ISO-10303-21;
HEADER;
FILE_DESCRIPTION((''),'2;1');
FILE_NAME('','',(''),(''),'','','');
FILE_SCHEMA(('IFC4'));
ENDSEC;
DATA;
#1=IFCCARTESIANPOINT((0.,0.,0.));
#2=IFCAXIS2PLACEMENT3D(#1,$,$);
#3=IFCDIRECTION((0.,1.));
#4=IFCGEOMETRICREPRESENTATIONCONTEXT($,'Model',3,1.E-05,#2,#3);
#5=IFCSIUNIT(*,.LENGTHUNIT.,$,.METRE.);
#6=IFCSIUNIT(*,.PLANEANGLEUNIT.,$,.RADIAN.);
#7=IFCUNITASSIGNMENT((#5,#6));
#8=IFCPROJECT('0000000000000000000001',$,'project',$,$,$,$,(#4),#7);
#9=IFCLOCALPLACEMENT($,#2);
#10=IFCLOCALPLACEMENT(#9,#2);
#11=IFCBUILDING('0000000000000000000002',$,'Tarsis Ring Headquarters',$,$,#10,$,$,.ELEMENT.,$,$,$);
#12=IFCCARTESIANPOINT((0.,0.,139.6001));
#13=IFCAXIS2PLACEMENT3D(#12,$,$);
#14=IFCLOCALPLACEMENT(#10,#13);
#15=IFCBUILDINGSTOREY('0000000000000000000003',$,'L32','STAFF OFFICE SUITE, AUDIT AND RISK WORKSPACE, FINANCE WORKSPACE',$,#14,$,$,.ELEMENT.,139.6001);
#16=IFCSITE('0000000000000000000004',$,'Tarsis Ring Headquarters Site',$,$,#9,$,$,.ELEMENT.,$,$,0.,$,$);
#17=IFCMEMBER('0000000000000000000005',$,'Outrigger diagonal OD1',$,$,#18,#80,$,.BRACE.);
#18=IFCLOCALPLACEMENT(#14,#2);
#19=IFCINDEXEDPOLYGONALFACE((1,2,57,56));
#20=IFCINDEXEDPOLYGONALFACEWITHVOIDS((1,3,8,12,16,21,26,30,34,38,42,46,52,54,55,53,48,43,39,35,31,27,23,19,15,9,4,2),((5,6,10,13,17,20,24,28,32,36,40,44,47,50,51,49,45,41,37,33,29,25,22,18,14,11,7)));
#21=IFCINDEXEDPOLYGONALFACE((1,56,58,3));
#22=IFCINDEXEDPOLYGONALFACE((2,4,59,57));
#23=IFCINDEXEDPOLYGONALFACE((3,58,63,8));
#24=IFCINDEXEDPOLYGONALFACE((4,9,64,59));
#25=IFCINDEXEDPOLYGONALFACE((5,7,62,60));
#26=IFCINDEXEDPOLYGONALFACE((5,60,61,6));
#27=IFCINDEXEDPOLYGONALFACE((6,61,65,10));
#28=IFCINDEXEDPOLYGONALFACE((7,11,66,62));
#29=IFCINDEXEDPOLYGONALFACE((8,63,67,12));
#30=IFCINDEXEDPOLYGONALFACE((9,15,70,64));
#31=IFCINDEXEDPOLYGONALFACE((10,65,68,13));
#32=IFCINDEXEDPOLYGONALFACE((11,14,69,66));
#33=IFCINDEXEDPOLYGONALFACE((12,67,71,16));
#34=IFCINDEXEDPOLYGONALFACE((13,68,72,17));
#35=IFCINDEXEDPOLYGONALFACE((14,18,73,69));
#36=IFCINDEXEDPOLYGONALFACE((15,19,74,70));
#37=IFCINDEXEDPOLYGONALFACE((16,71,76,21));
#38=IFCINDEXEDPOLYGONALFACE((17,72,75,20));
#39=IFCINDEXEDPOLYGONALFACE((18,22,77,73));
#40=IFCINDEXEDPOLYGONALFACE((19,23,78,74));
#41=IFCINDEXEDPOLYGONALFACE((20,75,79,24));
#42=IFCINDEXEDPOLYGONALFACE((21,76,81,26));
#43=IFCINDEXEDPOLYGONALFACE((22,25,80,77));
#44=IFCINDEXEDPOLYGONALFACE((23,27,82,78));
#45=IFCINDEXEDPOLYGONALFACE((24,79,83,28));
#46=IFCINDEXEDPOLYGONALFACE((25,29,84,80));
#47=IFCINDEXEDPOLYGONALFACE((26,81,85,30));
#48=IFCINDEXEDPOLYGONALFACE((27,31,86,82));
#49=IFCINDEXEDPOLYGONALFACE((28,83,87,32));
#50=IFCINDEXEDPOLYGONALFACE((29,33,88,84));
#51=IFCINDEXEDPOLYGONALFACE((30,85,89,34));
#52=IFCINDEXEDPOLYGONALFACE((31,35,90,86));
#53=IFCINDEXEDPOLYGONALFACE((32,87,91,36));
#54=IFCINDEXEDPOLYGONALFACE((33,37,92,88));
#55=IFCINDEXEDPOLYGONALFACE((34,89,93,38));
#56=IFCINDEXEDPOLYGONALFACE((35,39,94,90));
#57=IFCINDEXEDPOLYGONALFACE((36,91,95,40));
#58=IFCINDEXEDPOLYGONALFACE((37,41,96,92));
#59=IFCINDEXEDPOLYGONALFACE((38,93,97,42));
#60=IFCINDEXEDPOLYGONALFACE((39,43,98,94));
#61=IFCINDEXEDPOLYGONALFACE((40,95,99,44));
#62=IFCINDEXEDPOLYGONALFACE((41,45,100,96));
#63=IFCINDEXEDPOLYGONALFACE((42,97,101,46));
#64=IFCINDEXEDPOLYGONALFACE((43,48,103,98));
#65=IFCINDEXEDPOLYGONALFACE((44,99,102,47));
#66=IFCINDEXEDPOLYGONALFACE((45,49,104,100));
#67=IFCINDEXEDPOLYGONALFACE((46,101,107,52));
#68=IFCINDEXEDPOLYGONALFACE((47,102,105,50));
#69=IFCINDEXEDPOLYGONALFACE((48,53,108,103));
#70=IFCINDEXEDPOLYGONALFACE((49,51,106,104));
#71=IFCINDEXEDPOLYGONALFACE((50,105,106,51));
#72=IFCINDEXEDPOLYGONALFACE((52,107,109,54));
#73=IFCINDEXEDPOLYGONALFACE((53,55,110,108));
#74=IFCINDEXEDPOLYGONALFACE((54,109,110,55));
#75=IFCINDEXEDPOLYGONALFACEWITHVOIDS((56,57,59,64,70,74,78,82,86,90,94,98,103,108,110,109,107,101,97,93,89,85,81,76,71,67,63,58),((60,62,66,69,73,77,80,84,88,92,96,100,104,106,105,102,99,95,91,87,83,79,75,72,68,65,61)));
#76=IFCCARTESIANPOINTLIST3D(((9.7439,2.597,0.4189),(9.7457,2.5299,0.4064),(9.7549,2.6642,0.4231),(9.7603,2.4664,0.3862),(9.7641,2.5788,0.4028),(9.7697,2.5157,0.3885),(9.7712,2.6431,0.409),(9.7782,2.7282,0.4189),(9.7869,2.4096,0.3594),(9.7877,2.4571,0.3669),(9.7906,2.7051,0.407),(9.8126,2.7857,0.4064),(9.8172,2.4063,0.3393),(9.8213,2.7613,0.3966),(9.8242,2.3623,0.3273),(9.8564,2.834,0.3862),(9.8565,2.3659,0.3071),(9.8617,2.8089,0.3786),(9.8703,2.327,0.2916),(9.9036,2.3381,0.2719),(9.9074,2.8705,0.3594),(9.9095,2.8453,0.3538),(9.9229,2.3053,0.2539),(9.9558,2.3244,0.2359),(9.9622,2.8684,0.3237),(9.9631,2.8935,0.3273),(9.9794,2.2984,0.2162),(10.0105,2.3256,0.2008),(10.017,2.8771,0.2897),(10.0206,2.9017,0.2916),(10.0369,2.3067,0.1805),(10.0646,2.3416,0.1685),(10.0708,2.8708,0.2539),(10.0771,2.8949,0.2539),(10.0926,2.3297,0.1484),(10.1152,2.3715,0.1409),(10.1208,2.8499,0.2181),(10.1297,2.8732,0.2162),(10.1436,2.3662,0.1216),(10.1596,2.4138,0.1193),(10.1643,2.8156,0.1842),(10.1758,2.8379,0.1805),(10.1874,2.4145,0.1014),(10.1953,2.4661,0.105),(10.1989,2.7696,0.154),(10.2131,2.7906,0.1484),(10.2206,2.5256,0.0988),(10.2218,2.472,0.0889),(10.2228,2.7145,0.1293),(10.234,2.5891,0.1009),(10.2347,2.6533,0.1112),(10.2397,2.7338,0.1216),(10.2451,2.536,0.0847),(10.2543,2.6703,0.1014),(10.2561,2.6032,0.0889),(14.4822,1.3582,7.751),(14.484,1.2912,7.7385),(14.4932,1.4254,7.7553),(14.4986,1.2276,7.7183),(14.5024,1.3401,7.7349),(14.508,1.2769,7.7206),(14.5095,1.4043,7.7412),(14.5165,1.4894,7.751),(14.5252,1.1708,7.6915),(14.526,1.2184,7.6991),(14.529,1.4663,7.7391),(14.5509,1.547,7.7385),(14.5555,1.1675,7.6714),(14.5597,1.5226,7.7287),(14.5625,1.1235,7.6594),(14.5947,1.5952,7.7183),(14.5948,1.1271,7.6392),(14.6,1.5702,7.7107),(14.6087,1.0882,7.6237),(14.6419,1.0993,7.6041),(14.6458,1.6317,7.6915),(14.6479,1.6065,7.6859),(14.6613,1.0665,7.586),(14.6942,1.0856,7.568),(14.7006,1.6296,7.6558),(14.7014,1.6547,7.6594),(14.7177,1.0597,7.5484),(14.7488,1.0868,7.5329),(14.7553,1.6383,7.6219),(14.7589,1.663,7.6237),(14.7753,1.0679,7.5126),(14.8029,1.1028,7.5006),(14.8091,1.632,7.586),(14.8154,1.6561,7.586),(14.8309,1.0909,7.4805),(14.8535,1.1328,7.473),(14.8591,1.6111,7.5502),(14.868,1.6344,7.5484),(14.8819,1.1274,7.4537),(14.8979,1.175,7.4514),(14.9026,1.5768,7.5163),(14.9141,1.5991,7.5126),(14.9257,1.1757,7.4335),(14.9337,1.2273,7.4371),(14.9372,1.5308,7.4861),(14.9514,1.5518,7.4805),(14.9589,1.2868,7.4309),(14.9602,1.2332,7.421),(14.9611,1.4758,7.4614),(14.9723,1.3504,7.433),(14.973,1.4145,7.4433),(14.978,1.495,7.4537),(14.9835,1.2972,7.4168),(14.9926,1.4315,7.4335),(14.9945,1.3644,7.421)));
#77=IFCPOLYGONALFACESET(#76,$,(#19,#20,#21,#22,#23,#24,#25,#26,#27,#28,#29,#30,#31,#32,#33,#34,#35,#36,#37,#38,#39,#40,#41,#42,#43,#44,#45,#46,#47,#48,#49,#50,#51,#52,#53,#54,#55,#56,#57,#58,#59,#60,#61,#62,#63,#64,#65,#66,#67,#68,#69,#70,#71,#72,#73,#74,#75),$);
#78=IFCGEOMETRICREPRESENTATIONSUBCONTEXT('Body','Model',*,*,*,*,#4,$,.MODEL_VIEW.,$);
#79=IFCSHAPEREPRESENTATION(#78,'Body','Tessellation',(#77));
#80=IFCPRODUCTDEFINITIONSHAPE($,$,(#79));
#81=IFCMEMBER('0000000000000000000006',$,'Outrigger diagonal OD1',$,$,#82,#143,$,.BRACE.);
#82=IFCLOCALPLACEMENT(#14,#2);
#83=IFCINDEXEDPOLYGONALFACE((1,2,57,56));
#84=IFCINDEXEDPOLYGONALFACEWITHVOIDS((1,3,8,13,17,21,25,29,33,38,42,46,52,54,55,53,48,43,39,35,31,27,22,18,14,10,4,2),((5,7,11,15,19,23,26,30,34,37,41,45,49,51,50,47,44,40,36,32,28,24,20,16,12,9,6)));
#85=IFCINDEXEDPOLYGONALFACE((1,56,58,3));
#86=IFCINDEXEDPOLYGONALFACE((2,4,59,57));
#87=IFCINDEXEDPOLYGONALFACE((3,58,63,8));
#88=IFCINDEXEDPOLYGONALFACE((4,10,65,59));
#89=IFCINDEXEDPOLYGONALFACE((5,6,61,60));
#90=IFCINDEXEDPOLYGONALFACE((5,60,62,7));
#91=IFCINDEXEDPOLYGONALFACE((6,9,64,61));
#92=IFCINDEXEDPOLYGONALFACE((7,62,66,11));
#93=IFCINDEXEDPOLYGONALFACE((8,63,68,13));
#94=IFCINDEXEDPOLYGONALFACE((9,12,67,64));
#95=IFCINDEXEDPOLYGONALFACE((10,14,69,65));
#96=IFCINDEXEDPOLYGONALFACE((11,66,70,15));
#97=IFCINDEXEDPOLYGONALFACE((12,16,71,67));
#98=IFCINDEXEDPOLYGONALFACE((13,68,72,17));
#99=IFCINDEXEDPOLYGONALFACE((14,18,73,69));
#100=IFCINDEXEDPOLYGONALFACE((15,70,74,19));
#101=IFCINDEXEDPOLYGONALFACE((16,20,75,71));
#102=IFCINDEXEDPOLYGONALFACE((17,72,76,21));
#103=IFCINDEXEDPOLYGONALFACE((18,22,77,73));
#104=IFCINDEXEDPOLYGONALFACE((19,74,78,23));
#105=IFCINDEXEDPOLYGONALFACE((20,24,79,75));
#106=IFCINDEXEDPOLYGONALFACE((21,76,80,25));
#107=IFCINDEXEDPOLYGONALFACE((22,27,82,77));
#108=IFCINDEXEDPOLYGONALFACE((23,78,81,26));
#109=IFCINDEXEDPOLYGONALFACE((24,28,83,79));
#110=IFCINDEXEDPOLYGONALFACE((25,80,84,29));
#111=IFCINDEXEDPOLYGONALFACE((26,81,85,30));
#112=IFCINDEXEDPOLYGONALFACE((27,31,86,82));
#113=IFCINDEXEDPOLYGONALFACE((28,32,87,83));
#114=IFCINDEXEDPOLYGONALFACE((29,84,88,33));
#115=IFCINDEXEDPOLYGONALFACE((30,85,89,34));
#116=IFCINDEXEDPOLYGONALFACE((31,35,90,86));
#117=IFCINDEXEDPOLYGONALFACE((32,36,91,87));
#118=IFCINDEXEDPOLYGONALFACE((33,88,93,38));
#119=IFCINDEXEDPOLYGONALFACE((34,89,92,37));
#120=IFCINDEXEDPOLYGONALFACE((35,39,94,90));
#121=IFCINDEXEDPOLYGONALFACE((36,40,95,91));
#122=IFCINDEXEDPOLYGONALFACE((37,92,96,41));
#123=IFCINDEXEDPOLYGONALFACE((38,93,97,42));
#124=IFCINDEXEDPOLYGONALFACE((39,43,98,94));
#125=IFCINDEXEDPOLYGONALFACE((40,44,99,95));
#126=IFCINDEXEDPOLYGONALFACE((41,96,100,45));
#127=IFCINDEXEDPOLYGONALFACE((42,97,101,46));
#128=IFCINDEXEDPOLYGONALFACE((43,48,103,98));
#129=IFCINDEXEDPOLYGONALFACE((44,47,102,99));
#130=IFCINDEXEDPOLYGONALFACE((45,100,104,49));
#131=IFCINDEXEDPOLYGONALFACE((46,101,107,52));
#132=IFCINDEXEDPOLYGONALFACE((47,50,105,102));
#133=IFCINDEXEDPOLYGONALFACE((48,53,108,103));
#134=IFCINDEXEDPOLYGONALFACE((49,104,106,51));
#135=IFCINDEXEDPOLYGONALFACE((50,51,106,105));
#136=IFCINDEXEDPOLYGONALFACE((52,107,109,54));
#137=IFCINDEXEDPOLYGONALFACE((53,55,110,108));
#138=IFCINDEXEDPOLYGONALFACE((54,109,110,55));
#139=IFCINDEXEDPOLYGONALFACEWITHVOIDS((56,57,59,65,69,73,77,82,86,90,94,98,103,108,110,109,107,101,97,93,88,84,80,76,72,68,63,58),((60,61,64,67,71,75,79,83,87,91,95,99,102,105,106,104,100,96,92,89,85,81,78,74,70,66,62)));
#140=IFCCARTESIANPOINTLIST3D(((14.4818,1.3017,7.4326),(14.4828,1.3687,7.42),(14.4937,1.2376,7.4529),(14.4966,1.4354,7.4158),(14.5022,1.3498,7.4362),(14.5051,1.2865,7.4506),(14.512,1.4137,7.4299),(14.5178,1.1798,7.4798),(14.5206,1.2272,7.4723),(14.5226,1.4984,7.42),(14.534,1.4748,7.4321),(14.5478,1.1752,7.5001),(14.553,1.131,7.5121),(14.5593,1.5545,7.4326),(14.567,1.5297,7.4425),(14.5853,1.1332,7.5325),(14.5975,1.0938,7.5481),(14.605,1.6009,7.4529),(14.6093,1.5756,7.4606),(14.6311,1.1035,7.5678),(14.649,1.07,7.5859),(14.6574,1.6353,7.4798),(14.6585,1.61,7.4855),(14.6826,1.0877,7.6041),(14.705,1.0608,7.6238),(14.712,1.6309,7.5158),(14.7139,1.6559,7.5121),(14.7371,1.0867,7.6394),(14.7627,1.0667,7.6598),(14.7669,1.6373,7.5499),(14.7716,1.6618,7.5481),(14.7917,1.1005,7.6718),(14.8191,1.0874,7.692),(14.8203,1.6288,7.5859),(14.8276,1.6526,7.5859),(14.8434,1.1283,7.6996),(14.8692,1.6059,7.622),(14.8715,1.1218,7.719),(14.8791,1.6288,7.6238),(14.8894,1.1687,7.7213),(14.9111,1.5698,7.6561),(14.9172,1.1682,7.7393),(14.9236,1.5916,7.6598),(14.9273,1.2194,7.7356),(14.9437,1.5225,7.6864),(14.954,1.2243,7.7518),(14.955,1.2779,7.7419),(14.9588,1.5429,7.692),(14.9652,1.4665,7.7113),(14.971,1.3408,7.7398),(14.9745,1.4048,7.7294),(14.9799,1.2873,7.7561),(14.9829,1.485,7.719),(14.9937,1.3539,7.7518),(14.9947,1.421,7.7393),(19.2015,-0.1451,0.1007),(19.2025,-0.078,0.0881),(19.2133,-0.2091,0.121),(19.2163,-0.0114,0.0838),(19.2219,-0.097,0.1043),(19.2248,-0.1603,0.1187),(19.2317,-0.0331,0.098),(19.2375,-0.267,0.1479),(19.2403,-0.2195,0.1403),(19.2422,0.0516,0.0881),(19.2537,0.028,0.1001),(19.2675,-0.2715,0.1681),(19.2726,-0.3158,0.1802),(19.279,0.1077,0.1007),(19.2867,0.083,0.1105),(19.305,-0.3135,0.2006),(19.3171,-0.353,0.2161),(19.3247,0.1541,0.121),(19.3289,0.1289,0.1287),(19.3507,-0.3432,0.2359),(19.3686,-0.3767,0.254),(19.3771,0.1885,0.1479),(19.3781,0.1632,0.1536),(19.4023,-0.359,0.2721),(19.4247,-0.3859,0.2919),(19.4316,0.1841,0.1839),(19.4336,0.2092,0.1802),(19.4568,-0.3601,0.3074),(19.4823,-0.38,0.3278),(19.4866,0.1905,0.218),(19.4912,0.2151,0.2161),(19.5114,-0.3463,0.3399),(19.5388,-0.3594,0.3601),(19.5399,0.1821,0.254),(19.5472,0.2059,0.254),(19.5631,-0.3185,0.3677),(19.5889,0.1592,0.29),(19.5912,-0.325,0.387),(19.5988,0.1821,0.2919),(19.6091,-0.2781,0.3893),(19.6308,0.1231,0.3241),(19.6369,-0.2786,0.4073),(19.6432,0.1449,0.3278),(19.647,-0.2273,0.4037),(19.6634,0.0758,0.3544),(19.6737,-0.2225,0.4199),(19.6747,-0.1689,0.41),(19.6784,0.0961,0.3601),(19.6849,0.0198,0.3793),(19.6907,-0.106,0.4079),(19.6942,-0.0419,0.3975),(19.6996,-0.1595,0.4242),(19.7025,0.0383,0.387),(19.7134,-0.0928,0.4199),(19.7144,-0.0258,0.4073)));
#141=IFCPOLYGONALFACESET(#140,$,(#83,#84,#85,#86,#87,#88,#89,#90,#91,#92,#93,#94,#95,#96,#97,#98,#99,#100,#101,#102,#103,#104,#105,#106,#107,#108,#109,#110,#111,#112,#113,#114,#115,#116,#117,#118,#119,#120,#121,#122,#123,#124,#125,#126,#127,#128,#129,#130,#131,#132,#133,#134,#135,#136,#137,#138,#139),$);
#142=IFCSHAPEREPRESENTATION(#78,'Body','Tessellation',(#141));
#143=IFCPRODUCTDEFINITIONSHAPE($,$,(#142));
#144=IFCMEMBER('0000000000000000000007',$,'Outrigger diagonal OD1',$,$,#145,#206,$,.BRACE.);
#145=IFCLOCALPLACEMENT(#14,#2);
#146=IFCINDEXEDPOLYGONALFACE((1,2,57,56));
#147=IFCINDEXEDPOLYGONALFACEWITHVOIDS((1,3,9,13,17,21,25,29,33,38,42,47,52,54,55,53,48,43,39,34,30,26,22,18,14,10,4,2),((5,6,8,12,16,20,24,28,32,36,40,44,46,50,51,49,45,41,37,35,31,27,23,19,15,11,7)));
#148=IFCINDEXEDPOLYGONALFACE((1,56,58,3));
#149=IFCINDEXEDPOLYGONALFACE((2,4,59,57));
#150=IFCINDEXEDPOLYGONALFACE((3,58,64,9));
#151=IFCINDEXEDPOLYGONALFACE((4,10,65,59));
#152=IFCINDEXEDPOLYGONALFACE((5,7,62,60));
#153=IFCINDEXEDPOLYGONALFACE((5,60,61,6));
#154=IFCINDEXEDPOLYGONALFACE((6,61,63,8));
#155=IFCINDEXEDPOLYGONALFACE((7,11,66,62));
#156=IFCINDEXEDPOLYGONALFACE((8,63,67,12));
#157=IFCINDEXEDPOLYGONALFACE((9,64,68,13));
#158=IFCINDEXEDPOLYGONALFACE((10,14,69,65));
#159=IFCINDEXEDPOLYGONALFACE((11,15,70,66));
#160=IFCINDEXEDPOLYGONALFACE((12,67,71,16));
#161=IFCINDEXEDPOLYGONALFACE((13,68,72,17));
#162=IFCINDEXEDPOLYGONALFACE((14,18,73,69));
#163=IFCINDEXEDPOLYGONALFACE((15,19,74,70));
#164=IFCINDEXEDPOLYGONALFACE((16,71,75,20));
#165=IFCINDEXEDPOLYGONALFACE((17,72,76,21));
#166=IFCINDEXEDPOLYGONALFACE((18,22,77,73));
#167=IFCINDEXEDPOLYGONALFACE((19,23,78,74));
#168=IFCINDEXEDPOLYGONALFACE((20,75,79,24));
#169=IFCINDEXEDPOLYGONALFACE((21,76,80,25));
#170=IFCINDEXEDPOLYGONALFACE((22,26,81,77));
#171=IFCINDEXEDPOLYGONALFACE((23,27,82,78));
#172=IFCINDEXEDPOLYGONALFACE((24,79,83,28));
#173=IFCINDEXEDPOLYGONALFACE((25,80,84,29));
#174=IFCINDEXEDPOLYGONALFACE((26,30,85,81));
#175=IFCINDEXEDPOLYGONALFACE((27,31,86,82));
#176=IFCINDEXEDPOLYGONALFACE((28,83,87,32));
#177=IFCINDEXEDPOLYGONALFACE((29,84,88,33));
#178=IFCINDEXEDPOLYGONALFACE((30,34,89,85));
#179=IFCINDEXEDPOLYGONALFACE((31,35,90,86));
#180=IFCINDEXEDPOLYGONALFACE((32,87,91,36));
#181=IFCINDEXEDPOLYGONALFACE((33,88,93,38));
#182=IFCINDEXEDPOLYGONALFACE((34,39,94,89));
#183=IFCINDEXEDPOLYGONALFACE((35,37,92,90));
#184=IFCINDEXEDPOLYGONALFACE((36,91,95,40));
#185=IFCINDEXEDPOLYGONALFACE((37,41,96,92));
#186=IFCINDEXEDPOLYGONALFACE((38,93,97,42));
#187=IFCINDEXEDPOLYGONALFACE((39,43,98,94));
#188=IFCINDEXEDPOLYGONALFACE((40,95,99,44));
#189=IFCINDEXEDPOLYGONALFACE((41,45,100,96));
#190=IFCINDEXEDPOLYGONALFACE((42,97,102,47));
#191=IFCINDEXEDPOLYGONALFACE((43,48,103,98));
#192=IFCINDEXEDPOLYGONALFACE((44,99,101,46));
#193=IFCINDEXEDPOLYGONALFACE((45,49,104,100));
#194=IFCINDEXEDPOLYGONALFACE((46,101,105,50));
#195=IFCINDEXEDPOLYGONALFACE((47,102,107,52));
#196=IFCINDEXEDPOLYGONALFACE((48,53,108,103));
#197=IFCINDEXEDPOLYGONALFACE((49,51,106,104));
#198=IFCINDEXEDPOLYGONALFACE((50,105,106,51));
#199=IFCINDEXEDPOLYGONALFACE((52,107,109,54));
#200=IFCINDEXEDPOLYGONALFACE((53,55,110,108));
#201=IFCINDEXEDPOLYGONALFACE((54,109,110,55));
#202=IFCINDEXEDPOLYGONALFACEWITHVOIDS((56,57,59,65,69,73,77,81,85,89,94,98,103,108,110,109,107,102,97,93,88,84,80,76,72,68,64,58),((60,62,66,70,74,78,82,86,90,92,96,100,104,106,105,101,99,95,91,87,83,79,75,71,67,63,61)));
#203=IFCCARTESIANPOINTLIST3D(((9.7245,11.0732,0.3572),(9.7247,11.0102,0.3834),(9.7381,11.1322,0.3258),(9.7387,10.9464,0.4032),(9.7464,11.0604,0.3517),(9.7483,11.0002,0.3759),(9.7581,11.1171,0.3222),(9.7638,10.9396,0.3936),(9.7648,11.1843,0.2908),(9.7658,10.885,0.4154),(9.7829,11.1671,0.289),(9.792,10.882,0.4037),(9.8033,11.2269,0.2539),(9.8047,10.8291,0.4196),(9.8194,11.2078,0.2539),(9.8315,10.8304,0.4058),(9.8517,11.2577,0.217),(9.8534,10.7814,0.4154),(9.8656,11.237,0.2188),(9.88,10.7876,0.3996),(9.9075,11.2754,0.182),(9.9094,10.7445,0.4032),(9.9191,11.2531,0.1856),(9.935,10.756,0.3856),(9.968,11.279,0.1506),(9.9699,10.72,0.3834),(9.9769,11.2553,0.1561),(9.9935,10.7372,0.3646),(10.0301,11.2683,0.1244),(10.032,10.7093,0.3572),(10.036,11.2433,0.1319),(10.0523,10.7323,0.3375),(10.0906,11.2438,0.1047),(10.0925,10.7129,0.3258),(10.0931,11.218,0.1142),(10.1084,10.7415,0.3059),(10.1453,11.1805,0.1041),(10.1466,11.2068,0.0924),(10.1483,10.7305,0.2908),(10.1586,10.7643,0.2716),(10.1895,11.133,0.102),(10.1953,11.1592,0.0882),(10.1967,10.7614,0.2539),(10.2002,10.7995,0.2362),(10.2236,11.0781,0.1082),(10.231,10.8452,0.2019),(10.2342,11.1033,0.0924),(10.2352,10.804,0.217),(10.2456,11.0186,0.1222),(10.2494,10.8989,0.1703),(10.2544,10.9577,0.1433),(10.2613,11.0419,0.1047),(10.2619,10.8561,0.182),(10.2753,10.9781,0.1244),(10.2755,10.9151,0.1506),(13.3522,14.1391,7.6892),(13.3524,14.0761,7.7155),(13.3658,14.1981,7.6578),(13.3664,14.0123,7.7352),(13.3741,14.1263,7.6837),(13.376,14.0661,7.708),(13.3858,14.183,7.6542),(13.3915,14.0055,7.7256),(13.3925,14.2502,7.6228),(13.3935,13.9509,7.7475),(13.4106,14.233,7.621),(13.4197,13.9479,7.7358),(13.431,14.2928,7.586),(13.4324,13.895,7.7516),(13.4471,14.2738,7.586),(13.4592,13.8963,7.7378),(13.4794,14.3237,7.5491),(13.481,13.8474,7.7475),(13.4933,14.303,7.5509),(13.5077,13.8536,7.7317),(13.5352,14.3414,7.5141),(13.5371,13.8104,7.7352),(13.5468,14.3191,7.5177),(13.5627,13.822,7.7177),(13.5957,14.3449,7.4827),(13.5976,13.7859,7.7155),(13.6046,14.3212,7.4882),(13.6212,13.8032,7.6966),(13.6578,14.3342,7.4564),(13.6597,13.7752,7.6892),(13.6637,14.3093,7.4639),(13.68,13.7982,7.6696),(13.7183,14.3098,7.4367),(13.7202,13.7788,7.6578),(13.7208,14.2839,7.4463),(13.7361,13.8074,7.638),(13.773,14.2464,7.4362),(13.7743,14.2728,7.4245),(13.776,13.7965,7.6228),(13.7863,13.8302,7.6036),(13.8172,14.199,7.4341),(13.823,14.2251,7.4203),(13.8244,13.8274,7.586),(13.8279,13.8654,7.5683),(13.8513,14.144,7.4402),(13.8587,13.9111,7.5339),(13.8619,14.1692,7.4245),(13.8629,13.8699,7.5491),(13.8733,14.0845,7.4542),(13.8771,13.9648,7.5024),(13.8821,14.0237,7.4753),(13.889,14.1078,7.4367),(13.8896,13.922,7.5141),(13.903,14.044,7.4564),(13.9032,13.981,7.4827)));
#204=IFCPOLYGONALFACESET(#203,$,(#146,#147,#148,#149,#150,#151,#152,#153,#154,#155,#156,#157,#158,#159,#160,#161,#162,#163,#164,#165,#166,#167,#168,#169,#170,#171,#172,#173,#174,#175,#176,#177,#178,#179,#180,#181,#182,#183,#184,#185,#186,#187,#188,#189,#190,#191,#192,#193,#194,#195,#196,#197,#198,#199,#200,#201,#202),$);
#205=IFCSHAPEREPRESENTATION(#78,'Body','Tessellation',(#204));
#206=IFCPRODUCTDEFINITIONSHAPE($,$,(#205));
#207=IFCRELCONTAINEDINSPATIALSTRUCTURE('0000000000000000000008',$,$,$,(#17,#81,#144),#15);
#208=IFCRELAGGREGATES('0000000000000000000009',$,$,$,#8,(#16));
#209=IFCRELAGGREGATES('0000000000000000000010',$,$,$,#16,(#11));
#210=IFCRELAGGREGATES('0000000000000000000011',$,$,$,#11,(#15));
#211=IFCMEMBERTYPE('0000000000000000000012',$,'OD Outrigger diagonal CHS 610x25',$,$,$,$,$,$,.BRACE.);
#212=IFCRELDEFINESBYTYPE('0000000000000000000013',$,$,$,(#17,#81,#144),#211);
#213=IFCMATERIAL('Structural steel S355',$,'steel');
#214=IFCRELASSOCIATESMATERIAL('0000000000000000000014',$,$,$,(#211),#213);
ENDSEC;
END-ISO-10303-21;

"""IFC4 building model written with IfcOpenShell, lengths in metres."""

from ifc_helpers import new_model, si_unit, direction, frame, origin, origin_2d, place, context, subcontext, project, spatial, hollow_circle, extrude, material, material_profile, profile_set, type_object, element, save


model = new_model("IFC4")

# Units and contexts
model_context = context("Model", 3, precision=1e-05, world=origin(), true_north=direction((0.0, 1.0)))
body_context = subcontext(model_context, "Body", "Model", "MODEL_VIEW")
ifc_project = project(units=[si_unit("LENGTHUNIT", "METRE"), si_unit("PLANEANGLEUNIT", "RADIAN")], contexts=[model_context])

# Site, building, storey
site_placement = place(None, origin())
site = spatial("IfcSite", under=ifc_project, at=site_placement, Name="Tarsis Ring Headquarters Site", CompositionType="ELEMENT", RefElevation=0.0)
building_placement = place(site_placement, origin())
building = spatial("IfcBuilding", under=site, at=building_placement, Name="Tarsis Ring Headquarters", CompositionType="ELEMENT")
storey_placement = place(building_placement, frame((0.0, 0.0, 139.6001)))
storey = spatial("IfcBuildingStorey", under=building, at=storey_placement, Name="L32", Description="STAFF OFFICE SUITE, AUDIT AND RISK WORKSPACE, FINANCE WORKSPACE", CompositionType="ELEMENT", Elevation=139.6001)

# Shared definitions
ifc_material_1 = material(Name="Structural steel S355", Category="steel")

# Members
ifc_material_profile_1 = material_profile(ifc_material_1, hollow_circle(Radius=0.3047, WallThickness=0.0249, at=origin_2d()), Name="CHS 610x25")
ifc_profile_set_1 = profile_set([ifc_material_profile_1], Name="Structural steel S355")
member_type_1 = type_object("IfcMemberType", Name="OD Outrigger diagonal CHS 610x25", PredefinedType="BRACE", material=ifc_profile_set_1)
member_1_placement = place(storey_placement, frame((10.0, 2.6001, 0.2539), z_axis=(0.537385, -0.140493, 0.831552), x_axis=(0.252937, 0.967483, 0.0)))
element("IfcMember", 1, at=member_1_placement, inside=storey, type_object=member_type_1, Name="Outrigger diagonal OD1", PredefinedType="BRACE", context=body_context, shape_type="SweptSolid", body=[
    extrude(hollow_circle(Radius=0.3047, WallThickness=0.0249, at=origin_2d()), origin(), (0.0, 0.0, 1.0), 8.8174),
])
member_2_placement = place(storey_placement, frame((14.7383, 1.3613, 7.5859), z_axis=(0.533967, -0.163681, -0.82951), x_axis=(0.293078, 0.956089, 0.0)))
element("IfcMember", 2, at=member_2_placement, inside=storey, type_object=member_type_1, Name="Outrigger diagonal OD1", PredefinedType="BRACE", context=body_context, shape_type="SweptSolid", body=[
    extrude(hollow_circle(Radius=0.3047, WallThickness=0.0249, at=origin_2d()), origin(), (0.0, 0.0, 1.0), 8.8389),
])
member_3_placement = place(storey_placement, frame((10.0, 10.9941, 0.2539), z_axis=(0.415254, 0.35095, 0.839284), x_axis=(-0.645493, 0.763766, 0.0)))
element("IfcMember", 3, at=member_3_placement, inside=storey, type_object=member_type_1, Name="Outrigger diagonal OD1", PredefinedType="BRACE", context=body_context, shape_type="SweptSolid", body=[
    extrude(hollow_circle(Radius=0.3047, WallThickness=0.0249, at=origin_2d()), origin(), (0.0, 0.0, 1.0), 8.7361),
])

save(model, "model.ifc")
